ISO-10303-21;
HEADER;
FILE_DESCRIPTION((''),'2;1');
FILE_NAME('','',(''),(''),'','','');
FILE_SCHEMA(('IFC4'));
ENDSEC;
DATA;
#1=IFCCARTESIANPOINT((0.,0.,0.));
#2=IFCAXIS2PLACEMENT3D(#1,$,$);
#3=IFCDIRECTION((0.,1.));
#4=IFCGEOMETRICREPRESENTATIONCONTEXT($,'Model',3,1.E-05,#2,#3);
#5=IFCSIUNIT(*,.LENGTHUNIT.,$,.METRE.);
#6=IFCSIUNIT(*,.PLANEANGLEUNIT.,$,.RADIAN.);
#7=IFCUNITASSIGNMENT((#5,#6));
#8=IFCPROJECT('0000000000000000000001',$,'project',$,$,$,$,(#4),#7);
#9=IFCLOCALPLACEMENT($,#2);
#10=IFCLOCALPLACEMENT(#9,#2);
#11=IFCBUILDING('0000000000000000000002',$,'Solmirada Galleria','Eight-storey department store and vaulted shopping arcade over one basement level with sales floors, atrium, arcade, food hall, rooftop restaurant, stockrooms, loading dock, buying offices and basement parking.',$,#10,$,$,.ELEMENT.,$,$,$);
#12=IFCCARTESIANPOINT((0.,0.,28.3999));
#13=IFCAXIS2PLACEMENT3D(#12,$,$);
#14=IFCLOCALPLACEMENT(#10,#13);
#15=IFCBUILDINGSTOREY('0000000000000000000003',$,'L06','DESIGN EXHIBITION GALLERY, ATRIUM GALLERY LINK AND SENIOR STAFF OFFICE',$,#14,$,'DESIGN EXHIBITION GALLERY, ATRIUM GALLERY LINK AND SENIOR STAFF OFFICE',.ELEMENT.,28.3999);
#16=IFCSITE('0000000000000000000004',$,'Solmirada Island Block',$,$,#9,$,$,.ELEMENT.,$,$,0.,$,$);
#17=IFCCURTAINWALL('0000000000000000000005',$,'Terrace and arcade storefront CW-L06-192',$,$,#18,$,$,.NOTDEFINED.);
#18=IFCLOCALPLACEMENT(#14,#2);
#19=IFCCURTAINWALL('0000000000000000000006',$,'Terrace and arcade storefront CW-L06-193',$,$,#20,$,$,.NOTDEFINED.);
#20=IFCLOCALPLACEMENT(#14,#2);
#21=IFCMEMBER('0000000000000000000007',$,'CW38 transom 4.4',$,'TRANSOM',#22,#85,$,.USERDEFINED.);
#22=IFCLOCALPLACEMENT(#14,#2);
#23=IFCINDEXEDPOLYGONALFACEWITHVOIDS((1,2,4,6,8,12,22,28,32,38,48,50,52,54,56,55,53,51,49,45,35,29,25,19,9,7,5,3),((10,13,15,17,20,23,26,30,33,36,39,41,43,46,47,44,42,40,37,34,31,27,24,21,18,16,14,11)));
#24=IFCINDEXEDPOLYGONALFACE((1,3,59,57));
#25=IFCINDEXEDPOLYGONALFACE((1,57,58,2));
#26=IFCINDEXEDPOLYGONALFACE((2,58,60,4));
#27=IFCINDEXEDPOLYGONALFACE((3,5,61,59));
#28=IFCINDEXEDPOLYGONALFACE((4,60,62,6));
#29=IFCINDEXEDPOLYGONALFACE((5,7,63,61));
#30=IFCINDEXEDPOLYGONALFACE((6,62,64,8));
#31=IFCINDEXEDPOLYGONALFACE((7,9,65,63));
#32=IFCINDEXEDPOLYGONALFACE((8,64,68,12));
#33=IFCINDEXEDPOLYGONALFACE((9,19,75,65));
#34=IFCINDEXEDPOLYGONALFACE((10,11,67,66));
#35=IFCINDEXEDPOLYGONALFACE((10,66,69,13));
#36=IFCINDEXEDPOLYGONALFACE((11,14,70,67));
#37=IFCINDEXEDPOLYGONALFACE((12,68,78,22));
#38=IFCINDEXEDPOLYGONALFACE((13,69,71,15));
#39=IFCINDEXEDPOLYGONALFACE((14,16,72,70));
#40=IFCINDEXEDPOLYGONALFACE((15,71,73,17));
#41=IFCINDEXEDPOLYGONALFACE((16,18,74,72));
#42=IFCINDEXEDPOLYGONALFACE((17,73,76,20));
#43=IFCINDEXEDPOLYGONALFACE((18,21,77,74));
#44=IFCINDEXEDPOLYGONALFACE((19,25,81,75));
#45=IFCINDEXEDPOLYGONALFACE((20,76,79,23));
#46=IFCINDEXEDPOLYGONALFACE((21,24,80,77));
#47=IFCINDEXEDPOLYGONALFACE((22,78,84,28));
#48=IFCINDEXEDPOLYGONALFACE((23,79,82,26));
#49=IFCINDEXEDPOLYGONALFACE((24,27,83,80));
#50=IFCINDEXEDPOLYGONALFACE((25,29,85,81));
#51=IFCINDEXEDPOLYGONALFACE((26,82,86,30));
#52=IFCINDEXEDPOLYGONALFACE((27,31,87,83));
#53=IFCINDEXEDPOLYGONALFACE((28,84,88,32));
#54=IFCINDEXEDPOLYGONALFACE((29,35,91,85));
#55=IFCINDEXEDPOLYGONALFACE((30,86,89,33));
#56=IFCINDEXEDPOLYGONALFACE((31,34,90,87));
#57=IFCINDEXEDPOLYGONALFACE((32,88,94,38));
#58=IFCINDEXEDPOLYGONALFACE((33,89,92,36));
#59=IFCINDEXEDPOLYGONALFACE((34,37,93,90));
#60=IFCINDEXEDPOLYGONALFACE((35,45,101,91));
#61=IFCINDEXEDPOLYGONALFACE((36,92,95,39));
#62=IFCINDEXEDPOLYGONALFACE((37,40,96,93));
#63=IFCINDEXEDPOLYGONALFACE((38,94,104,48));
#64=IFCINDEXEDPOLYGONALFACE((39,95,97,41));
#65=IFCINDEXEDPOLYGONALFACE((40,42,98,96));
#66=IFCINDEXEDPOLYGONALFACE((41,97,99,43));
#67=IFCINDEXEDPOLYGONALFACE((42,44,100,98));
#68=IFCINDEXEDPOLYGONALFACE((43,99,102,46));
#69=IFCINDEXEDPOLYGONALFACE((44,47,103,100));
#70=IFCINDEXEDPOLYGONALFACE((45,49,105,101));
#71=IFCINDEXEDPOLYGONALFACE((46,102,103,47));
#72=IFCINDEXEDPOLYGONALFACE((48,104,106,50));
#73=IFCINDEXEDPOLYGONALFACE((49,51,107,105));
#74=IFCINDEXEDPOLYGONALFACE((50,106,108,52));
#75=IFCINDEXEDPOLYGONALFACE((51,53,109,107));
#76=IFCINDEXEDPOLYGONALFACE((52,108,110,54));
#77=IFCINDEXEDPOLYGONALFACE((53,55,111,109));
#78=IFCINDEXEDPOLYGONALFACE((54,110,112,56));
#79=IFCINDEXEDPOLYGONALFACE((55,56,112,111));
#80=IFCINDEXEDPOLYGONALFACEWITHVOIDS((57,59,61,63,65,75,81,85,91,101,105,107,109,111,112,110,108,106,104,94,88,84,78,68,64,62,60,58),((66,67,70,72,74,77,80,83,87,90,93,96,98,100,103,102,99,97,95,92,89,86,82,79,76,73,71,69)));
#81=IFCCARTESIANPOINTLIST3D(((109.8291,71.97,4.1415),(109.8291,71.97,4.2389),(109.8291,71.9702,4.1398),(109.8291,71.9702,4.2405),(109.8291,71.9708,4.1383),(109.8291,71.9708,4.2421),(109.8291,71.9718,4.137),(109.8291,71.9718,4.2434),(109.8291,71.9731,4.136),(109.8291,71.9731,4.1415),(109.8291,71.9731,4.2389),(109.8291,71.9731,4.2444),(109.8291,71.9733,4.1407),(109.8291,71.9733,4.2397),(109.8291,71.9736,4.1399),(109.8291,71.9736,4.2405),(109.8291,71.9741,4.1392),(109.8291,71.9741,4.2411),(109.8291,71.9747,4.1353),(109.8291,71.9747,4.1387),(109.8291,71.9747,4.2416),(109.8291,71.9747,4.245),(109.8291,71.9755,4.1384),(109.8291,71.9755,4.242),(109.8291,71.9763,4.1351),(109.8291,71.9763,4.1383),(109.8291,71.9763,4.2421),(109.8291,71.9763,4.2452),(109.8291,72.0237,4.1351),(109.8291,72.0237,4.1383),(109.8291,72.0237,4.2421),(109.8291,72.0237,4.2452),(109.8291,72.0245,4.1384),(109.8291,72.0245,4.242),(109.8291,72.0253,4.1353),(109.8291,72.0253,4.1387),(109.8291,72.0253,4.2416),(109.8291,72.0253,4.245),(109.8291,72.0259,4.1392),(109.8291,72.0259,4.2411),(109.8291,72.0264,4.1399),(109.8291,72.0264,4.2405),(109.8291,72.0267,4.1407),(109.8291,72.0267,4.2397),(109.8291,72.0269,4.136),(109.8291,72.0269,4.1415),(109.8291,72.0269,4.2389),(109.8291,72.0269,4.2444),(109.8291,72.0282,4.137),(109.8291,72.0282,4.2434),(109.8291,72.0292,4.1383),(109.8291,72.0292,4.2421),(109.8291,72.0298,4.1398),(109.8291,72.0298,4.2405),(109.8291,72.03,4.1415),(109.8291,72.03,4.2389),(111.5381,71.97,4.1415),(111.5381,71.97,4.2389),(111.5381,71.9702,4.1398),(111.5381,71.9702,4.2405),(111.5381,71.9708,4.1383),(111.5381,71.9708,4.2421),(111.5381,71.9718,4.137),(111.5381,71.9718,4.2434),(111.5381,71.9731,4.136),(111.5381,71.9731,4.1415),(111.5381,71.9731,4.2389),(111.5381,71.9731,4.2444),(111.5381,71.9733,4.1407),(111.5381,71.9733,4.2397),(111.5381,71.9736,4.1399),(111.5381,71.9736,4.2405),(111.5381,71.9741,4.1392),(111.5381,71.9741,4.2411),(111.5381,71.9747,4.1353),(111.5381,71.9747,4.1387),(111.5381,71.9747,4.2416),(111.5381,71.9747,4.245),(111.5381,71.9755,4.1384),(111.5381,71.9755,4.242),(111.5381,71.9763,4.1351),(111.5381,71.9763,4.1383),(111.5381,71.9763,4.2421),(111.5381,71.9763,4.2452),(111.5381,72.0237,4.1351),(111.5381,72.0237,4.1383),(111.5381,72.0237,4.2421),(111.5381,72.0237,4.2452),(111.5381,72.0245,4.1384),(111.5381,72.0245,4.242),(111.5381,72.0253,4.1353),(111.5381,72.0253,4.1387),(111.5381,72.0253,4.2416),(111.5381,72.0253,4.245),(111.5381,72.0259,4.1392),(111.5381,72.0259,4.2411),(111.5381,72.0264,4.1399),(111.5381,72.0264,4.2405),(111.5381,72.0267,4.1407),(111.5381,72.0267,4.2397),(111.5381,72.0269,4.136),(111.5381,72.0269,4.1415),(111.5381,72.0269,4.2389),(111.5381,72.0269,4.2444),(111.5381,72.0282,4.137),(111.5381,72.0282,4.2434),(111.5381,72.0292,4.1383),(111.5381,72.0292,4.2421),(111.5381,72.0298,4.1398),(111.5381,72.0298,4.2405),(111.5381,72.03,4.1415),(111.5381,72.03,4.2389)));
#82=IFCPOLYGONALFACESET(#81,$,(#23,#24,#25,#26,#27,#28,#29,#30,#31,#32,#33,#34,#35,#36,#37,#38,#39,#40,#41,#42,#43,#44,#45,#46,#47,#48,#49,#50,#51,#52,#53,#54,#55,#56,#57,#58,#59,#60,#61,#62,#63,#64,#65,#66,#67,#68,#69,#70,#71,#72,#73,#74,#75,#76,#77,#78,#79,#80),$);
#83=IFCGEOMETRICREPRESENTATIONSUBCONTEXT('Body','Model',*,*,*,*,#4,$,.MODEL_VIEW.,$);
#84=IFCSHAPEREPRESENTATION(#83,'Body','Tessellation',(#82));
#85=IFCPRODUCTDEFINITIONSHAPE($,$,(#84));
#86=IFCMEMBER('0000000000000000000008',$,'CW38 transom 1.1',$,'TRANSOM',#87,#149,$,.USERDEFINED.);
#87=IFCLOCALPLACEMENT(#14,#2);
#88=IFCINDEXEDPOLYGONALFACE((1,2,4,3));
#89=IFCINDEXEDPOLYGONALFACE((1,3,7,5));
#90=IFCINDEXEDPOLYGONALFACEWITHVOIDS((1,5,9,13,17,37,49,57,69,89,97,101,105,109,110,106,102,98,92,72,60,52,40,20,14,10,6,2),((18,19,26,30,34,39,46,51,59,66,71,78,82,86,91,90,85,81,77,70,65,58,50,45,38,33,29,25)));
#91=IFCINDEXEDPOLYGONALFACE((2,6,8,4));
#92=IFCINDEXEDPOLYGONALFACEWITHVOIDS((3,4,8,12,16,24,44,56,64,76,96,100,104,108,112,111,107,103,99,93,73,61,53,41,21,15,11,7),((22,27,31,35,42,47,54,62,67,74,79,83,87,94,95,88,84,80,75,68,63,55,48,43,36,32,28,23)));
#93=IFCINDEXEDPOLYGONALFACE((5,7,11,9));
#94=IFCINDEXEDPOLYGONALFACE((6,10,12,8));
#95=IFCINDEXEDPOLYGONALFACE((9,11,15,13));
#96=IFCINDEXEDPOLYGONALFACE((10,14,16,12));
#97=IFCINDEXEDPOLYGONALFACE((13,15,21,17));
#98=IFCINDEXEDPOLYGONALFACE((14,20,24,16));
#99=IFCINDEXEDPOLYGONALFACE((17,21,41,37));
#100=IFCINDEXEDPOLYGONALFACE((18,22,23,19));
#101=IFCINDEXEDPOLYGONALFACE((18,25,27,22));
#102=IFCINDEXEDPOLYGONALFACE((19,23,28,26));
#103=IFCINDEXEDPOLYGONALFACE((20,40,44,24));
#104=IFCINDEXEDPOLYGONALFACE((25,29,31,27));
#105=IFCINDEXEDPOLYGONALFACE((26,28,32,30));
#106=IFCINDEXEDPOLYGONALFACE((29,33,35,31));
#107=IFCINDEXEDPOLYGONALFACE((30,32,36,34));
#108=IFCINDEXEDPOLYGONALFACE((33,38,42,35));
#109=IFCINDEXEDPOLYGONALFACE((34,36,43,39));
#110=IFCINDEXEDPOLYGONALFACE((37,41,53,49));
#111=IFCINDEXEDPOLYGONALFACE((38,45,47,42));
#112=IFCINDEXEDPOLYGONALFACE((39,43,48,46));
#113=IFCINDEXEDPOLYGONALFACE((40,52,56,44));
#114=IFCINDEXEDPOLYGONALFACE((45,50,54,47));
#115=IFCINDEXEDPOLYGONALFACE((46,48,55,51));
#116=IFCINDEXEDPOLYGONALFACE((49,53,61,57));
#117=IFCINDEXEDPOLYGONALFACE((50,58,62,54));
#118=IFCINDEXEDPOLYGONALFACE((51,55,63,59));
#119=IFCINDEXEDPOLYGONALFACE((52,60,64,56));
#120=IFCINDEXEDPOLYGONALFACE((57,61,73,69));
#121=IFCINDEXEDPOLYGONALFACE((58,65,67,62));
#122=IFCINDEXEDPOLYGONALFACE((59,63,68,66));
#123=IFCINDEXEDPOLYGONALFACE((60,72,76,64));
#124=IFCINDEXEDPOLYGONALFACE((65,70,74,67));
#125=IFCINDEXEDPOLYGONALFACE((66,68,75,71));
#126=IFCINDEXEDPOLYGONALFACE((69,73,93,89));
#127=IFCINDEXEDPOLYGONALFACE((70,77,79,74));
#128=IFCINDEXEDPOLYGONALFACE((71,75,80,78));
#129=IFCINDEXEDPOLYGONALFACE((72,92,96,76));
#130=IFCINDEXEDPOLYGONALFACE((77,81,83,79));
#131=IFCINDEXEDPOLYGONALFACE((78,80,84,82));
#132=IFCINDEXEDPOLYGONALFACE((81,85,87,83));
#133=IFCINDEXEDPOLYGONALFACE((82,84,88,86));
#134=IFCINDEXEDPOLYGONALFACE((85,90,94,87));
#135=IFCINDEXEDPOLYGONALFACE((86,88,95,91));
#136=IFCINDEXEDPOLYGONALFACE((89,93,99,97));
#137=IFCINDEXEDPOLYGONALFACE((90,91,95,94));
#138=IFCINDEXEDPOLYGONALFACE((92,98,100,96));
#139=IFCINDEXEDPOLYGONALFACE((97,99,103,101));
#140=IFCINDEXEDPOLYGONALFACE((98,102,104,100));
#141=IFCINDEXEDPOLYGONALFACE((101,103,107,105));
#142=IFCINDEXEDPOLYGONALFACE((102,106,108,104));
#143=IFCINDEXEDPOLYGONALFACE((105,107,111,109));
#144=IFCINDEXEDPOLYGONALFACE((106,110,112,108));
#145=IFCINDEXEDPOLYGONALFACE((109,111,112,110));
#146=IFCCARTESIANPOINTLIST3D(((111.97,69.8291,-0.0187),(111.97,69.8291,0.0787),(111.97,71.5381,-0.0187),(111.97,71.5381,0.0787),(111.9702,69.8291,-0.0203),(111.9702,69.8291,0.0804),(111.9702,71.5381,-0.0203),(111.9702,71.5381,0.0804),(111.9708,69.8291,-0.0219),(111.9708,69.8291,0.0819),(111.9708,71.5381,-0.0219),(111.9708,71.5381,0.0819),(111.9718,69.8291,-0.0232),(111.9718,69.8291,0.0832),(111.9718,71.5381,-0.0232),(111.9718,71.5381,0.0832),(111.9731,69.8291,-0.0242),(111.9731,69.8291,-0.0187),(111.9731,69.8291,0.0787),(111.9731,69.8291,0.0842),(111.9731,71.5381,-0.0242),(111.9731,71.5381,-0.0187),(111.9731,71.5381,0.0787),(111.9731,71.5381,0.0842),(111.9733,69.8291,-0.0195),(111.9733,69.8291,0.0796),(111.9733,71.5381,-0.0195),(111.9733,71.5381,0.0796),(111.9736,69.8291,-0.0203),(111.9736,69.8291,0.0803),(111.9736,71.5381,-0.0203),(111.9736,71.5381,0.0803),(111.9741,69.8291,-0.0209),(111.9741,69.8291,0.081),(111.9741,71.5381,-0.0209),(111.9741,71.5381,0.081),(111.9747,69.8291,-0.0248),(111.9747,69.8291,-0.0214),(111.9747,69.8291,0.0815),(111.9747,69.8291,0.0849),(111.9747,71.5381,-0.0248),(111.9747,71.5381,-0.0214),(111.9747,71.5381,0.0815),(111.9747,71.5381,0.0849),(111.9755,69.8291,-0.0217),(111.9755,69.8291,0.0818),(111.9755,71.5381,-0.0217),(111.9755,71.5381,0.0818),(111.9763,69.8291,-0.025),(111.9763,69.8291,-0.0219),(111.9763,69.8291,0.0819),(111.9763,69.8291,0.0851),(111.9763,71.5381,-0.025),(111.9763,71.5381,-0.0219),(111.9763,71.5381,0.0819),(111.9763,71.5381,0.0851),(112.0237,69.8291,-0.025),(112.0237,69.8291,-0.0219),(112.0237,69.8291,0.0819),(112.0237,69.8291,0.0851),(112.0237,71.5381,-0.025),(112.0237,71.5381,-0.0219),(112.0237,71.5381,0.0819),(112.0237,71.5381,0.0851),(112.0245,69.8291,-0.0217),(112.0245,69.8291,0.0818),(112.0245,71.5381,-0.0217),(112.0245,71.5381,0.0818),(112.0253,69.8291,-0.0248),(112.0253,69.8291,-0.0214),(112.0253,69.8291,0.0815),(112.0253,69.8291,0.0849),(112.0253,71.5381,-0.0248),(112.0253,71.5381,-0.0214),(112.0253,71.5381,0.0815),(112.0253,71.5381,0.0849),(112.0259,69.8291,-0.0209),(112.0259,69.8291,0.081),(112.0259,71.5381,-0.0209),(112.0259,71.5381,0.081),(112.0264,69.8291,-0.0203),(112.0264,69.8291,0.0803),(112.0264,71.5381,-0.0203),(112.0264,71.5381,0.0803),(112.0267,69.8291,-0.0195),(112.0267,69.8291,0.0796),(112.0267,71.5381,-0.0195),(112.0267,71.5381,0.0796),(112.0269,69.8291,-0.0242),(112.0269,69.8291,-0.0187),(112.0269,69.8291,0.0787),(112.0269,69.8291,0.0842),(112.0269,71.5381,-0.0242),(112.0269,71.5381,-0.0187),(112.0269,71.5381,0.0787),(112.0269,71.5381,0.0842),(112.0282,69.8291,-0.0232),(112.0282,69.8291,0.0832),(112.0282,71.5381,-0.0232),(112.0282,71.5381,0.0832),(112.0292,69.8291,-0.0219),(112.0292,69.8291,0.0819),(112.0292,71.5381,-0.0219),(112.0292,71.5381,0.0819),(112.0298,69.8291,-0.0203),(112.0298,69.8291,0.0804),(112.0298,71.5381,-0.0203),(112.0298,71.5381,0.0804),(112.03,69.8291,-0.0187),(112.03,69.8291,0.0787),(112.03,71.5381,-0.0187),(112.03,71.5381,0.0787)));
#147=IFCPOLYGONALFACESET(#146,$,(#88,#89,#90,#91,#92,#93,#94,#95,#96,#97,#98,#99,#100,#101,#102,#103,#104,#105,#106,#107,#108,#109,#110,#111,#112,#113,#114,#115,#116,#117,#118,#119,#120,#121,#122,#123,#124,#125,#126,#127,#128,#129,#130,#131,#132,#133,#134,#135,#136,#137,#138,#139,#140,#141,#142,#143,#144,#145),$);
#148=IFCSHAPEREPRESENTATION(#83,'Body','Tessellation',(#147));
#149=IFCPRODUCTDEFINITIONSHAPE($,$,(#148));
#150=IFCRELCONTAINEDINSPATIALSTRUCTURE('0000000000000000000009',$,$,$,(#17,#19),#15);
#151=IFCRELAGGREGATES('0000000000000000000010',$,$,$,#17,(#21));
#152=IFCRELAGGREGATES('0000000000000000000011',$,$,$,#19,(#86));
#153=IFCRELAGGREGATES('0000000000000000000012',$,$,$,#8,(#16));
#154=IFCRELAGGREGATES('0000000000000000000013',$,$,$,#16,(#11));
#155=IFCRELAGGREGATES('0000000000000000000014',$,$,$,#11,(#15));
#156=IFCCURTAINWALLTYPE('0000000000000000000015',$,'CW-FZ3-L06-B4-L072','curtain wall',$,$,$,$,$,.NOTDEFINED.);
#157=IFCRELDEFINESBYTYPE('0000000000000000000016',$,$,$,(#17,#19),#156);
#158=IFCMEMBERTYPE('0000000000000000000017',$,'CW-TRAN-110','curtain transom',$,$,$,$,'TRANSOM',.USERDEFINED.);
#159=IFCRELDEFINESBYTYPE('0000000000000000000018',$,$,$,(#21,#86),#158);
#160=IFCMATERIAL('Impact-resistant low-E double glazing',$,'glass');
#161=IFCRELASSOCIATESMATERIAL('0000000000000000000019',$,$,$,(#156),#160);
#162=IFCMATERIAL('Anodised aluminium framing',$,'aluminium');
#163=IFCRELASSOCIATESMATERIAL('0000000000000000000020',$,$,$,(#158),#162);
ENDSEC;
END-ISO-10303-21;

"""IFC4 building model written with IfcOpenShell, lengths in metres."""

from ifc_helpers import new_model, si_unit, direction, frame, origin, origin_2d, place, context, subcontext, project, spatial, hollow_rectangle, extrude, material, material_profile, profile_set, type_object, element, aggregate, save


model = new_model("IFC4")

# Units and contexts
model_context = context("Model", 3, precision=1e-05, world=origin(), true_north=direction((0.0, 1.0)))
body_context = subcontext(model_context, "Body", "Model", "MODEL_VIEW")
ifc_project = project(units=[si_unit("LENGTHUNIT", "METRE"), si_unit("PLANEANGLEUNIT", "RADIAN")], contexts=[model_context])

# Site, building, storey
site_placement = place(None, origin())
site = spatial("IfcSite", under=ifc_project, at=site_placement, Name="Solmirada Island Block", CompositionType="ELEMENT", RefElevation=0.0)
building_placement = place(site_placement, origin())
building = spatial("IfcBuilding", under=site, at=building_placement, Name="Solmirada Galleria", Description="Eight-storey department store and vaulted shopping arcade over one basement level with sales floors, atrium, arcade, food hall, rooftop restaurant, stockrooms, loading dock, buying offices and basement parking.", CompositionType="ELEMENT")
storey_placement = place(building_placement, frame((0.0, 0.0, 28.3999)))
storey = spatial("IfcBuildingStorey", under=building, at=storey_placement, Name="L06", Description="DESIGN EXHIBITION GALLERY, ATRIUM GALLERY LINK AND SENIOR STAFF OFFICE", LongName="DESIGN EXHIBITION GALLERY, ATRIUM GALLERY LINK AND SENIOR STAFF OFFICE", CompositionType="ELEMENT", Elevation=28.3999)

# Curtain walls
ifc_material_1 = material(Name="Impact-resistant low-E double glazing", Category="glass")
curtain_wall_type = type_object("IfcCurtainWallType", Name="CW-FZ3-L06-B4-L072", Description="curtain wall", PredefinedType="NOTDEFINED", material=ifc_material_1)
curtain_wall_1_placement = place(storey_placement, origin())
curtain_wall_1 = element("IfcCurtainWall", 1, at=curtain_wall_1_placement, inside=storey, type_object=curtain_wall_type, Name="Terrace and arcade storefront CW-L06-192", PredefinedType="NOTDEFINED")
ifc_material_2 = material(Name="Anodised aluminium framing", Category="aluminium")
curtain_wall_2_placement = place(storey_placement, origin())
curtain_wall_2 = element("IfcCurtainWall", 2, at=curtain_wall_2_placement, inside=storey, type_object=curtain_wall_type, Name="Terrace and arcade storefront CW-L06-193", PredefinedType="NOTDEFINED")

# Members
ifc_material_profile_1 = material_profile(ifc_material_2, hollow_rectangle(XDim=0.0601, YDim=0.1101, WallThickness=0.0032, InnerFilletRadius=0.0032, OuterFilletRadius=0.0063, at=origin_2d()), Name="ALU-TRAN-110X60")
ifc_profile_set_1 = profile_set([ifc_material_profile_1], Name="Anodised aluminium framing")
member_type_1 = type_object("IfcMemberType", Name="CW-TRAN-110", Description="curtain transom", ElementType="TRANSOM", PredefinedType="USERDEFINED", material=ifc_profile_set_1)
member_1_placement = place(storey_placement, frame((109.8291, 72.0, 4.1902), z_axis=(1.0, 0.0, 0.0), x_axis=(0.0, 1.0, 0.0)))
member_1 = element("IfcMember", 3, at=member_1_placement, type_object=member_type_1, Name="CW38 transom 4.4", ObjectType="TRANSOM", PredefinedType="USERDEFINED", context=body_context, shape_type="SweptSolid", body=[
    extrude(hollow_rectangle(XDim=0.0601, YDim=0.1101, WallThickness=0.0032, InnerFilletRadius=0.0032, OuterFilletRadius=0.0063, at=origin_2d()), origin(), (0.0, 0.0, 1.0), 1.709),
])
member_2_placement = place(storey_placement, frame((112.0, 71.5381, 0.03), z_axis=(0.0, -1.0, 0.0), x_axis=(1.0, 0.0, 0.0)))
member_2 = element("IfcMember", 4, at=member_2_placement, type_object=member_type_1, Name="CW38 transom 1.1", ObjectType="TRANSOM", PredefinedType="USERDEFINED", context=body_context, shape_type="SweptSolid", body=[
    extrude(hollow_rectangle(XDim=0.0601, YDim=0.1101, WallThickness=0.0032, InnerFilletRadius=0.0032, OuterFilletRadius=0.0063, at=origin_2d()), origin(), (0.0, 0.0, 1.0), 1.709),
])

aggregate(curtain_wall_1, [member_1])
aggregate(curtain_wall_2, [member_2])

save(model, "model.ifc")
